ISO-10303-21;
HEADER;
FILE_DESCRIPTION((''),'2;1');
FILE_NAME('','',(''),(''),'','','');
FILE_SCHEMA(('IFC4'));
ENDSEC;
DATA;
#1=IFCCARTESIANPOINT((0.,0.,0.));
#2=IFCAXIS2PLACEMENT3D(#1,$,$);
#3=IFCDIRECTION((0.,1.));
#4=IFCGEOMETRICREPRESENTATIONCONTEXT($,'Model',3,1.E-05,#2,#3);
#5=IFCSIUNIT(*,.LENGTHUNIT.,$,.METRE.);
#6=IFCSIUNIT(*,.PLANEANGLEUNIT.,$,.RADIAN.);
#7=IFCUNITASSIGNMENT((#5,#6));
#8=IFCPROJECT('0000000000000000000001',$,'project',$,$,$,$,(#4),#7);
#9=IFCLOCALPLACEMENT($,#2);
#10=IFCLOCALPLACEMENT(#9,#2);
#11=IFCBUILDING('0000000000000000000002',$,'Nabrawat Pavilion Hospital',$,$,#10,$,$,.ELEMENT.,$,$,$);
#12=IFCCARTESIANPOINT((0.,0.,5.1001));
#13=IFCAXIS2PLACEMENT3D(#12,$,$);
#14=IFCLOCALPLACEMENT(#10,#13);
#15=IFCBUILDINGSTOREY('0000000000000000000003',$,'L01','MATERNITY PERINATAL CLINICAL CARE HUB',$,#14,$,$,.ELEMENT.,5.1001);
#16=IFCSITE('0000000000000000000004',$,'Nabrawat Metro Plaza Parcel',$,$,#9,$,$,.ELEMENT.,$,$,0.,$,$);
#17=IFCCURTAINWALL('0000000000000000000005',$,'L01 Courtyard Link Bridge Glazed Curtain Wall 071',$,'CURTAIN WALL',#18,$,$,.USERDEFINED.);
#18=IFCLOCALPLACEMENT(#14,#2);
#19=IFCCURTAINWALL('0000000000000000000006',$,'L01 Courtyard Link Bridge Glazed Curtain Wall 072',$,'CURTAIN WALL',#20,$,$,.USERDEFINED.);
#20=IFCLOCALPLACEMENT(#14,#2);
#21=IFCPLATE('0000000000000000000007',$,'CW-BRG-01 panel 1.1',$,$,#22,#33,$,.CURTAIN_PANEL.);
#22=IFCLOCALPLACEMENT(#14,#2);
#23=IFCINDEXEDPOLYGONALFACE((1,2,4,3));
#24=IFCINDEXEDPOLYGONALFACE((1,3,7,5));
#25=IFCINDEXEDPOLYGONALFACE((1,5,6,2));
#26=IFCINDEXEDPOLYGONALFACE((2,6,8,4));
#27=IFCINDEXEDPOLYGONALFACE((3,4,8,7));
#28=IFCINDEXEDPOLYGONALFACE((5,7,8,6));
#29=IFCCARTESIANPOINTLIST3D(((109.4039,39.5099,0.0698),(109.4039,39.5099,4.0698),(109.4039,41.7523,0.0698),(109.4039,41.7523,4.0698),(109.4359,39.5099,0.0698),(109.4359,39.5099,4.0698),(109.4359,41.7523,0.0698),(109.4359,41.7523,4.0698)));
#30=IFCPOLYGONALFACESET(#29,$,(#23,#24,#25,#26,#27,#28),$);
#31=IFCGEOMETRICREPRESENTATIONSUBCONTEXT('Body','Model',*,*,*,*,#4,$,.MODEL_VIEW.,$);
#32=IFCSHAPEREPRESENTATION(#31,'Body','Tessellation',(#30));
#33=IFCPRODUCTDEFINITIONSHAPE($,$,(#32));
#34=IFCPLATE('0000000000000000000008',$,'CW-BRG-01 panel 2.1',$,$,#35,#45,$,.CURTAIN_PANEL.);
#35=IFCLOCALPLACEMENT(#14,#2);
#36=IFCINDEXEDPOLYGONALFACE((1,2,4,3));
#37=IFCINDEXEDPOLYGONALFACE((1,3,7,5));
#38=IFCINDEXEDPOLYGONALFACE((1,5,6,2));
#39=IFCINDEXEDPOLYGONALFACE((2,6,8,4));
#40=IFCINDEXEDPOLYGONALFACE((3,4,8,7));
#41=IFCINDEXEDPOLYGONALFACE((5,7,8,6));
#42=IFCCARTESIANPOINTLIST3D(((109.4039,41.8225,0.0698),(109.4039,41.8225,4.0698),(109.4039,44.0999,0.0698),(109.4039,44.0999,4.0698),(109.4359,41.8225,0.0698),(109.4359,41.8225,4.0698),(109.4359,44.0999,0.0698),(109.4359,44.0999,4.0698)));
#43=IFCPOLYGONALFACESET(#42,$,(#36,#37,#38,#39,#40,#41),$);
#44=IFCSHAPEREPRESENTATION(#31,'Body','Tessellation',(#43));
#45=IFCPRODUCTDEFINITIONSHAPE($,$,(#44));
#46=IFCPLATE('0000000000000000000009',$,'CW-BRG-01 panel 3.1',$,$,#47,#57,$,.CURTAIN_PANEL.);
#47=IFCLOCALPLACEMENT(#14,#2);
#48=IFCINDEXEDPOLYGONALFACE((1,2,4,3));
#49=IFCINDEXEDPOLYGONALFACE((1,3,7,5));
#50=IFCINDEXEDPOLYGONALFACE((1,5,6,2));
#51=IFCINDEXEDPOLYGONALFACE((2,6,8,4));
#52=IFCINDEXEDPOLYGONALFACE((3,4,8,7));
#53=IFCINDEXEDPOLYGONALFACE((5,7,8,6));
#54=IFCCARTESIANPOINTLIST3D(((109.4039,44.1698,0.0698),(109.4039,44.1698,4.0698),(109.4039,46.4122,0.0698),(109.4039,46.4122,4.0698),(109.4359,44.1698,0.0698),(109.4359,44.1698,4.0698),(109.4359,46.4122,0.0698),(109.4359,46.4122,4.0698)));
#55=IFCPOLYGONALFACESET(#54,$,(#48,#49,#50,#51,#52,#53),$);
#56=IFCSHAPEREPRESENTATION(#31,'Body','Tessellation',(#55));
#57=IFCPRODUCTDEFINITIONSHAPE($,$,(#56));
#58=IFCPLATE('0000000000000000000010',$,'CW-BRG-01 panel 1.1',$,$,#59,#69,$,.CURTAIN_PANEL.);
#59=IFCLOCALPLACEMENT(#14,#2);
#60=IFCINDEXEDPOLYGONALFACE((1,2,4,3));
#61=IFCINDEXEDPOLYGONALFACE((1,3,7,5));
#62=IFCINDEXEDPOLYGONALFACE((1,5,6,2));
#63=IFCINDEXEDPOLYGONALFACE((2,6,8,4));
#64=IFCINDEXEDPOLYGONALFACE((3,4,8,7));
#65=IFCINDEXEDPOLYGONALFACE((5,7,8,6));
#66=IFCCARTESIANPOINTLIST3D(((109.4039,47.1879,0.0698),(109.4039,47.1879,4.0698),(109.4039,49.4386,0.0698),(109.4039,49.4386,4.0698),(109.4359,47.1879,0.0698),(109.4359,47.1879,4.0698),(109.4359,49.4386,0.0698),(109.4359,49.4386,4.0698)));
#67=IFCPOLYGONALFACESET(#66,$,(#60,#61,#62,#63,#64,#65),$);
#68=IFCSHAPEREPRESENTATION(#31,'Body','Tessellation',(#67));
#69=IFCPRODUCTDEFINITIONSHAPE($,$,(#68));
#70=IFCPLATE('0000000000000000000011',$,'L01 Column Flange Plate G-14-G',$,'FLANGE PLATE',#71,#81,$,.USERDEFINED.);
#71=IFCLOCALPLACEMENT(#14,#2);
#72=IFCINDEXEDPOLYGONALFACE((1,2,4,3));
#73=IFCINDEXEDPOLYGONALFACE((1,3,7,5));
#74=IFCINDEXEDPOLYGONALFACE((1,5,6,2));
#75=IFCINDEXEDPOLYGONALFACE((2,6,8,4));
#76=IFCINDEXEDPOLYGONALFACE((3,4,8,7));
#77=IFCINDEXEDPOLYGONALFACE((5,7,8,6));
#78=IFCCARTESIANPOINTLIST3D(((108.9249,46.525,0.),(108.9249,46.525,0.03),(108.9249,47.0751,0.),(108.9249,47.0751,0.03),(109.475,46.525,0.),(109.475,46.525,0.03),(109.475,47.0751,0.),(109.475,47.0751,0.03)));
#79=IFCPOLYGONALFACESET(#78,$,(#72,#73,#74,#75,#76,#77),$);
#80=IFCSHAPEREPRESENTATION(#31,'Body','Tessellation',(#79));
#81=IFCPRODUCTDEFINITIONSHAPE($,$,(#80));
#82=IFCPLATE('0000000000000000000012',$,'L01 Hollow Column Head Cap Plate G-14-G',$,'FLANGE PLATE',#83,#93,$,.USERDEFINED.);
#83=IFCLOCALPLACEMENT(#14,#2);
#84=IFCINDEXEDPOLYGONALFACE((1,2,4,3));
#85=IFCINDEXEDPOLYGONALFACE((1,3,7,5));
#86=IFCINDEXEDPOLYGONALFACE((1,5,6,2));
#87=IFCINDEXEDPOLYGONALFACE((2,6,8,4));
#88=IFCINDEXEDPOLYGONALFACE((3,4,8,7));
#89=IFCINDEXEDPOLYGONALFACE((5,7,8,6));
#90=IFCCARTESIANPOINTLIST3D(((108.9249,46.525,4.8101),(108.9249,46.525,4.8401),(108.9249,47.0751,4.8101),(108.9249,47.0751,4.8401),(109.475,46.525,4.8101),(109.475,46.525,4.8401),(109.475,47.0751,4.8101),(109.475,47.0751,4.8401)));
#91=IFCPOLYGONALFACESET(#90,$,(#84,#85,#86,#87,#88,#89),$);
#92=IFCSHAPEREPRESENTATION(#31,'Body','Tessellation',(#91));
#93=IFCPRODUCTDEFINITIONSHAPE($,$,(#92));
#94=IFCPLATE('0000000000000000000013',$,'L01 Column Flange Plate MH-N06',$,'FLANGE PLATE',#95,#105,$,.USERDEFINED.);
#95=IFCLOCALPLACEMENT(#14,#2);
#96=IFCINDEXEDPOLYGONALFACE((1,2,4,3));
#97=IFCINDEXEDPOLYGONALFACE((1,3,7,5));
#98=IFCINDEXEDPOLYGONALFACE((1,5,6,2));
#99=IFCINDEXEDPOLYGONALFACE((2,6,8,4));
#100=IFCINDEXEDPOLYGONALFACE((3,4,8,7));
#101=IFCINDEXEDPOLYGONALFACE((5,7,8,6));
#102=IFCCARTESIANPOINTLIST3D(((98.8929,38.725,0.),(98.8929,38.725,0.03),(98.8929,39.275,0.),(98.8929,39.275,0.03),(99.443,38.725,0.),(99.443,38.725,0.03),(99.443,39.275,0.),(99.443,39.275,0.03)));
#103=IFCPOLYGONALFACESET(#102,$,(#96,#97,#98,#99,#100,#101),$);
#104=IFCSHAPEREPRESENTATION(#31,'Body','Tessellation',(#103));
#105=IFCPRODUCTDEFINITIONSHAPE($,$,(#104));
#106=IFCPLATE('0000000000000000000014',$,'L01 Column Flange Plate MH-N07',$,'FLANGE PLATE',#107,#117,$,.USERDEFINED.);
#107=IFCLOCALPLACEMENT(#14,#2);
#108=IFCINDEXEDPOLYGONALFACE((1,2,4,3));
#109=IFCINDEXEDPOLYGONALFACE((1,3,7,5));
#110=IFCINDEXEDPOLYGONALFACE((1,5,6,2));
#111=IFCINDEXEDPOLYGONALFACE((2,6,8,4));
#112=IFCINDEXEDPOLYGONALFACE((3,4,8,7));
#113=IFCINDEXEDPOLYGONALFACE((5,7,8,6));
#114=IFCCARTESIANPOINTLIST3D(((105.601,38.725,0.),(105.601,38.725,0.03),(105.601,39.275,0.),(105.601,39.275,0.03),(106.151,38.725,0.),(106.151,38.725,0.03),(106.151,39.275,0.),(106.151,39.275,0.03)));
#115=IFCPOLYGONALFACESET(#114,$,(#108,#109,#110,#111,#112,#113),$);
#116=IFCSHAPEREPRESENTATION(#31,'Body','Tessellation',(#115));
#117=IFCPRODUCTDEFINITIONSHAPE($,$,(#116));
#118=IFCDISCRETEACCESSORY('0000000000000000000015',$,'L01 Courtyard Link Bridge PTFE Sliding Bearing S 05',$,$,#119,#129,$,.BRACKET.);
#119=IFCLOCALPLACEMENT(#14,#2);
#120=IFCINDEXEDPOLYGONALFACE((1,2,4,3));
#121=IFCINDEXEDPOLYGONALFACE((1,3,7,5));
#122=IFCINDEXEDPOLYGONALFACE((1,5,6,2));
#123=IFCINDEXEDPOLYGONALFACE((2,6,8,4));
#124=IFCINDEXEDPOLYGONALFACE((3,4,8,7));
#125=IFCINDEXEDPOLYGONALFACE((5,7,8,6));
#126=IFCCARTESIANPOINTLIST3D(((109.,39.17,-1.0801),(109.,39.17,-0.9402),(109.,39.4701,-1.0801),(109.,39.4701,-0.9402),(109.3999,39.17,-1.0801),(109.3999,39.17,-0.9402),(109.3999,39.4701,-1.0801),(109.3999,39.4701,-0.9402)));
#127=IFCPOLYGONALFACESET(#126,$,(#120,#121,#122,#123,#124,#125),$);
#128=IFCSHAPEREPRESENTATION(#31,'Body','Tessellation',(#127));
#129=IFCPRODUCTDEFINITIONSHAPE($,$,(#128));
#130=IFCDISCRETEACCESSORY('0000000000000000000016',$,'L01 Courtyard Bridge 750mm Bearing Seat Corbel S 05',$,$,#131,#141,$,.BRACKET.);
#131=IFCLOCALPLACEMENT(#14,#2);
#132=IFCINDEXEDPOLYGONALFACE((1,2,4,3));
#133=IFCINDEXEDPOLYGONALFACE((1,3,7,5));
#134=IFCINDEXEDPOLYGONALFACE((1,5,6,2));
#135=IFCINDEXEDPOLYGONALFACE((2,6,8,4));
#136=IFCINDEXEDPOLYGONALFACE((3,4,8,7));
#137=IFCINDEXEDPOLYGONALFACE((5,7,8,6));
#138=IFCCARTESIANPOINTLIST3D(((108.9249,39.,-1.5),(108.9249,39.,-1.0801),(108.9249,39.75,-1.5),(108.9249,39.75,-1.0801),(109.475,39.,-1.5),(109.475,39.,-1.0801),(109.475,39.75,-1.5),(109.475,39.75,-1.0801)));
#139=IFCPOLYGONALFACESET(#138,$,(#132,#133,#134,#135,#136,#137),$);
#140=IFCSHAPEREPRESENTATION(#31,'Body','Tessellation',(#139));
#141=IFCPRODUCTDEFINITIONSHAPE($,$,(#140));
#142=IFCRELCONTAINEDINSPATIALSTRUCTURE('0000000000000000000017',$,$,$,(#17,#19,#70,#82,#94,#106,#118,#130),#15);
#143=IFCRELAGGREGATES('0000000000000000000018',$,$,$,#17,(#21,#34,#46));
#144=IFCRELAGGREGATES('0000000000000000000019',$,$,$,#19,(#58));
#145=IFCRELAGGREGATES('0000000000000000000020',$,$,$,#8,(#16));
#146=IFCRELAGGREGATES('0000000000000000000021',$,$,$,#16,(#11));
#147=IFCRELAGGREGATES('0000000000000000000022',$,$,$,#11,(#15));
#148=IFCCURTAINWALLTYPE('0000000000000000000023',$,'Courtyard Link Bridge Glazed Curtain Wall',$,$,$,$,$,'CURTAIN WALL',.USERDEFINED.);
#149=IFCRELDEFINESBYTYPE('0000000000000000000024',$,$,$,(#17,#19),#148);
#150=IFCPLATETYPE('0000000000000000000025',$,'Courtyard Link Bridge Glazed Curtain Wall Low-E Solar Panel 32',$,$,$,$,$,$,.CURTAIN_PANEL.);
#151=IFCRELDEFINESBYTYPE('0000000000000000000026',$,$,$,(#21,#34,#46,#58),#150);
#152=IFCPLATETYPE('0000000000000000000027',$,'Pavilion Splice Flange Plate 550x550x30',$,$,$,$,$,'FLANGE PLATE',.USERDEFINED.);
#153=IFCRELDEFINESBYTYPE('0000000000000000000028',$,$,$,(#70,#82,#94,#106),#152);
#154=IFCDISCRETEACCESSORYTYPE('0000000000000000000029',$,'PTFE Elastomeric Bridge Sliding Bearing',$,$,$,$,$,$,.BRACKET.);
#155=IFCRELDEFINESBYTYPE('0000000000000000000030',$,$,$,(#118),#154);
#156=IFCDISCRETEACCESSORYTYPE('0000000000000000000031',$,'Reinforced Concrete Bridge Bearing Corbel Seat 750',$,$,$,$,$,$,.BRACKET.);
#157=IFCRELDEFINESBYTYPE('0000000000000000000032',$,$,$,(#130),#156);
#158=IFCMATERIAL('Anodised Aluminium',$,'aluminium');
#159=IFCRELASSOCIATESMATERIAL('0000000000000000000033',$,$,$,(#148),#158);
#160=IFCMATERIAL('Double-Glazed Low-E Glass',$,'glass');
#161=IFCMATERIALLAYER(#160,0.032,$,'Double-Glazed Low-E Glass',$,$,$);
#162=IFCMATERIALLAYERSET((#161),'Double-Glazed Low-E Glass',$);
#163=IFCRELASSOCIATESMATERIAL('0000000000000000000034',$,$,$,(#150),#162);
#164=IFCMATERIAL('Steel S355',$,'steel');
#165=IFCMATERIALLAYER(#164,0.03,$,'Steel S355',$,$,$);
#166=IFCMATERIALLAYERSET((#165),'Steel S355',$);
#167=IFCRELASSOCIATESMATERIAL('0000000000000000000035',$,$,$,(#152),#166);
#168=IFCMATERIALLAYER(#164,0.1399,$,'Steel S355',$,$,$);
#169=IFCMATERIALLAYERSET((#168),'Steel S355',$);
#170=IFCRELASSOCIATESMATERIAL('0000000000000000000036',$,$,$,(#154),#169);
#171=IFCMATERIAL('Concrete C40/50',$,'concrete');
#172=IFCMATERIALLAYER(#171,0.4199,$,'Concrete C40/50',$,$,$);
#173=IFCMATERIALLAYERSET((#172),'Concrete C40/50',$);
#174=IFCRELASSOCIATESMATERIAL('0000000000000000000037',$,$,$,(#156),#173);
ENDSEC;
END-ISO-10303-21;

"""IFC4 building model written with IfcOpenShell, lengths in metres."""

from ifc_helpers import new_model, si_unit, direction, frame, origin, origin_2d, place, context, subcontext, project, spatial, rectangle, extrude, material, layer, layer_set, type_object, element, aggregate, save


model = new_model("IFC4")

# Units and contexts
model_context = context("Model", 3, precision=1e-05, world=origin(), true_north=direction((0.0, 1.0)))
body_context = subcontext(model_context, "Body", "Model", "MODEL_VIEW")
ifc_project = project(units=[si_unit("LENGTHUNIT", "METRE"), si_unit("PLANEANGLEUNIT", "RADIAN")], contexts=[model_context])

# Site, building, storey
site_placement = place(None, origin())
site = spatial("IfcSite", under=ifc_project, at=site_placement, Name="Nabrawat Metro Plaza Parcel", CompositionType="ELEMENT", RefElevation=0.0)
building_placement = place(site_placement, origin())
building = spatial("IfcBuilding", under=site, at=building_placement, Name="Nabrawat Pavilion Hospital", CompositionType="ELEMENT")
storey_placement = place(building_placement, frame((0.0, 0.0, 5.1001)))
storey = spatial("IfcBuildingStorey", under=building, at=storey_placement, Name="L01", Description="MATERNITY PERINATAL CLINICAL CARE HUB", CompositionType="ELEMENT", Elevation=5.1001)

# Shared definitions
ifc_material_1 = material(Name="Steel S355", Category="steel")
ifc_material_2 = material(Name="Concrete C40/50", Category="concrete")

# Curtain walls
ifc_material_3 = material(Name="Anodised Aluminium", Category="aluminium")
curtain_wall_type = type_object("IfcCurtainWallType", Name="Courtyard Link Bridge Glazed Curtain Wall", ElementType="CURTAIN WALL", PredefinedType="USERDEFINED", material=ifc_material_3)
curtain_wall_1_placement = place(storey_placement, origin())
curtain_wall_1 = element("IfcCurtainWall", 1, at=curtain_wall_1_placement, inside=storey, type_object=curtain_wall_type, Name="L01 Courtyard Link Bridge Glazed Curtain Wall 071", ObjectType="CURTAIN WALL", PredefinedType="USERDEFINED")
curtain_wall_2_placement = place(storey_placement, origin())
curtain_wall_2 = element("IfcCurtainWall", 2, at=curtain_wall_2_placement, inside=storey, type_object=curtain_wall_type, Name="L01 Courtyard Link Bridge Glazed Curtain Wall 072", ObjectType="CURTAIN WALL", PredefinedType="USERDEFINED")

# Plates
ifc_material_4 = material(Name="Double-Glazed Low-E Glass", Category="glass")
ifc_layer_1 = layer(ifc_material_4, 0.032, Name="Double-Glazed Low-E Glass")
ifc_layer_set_1 = layer_set([ifc_layer_1], Name="Double-Glazed Low-E Glass")
plate_type_1 = type_object("IfcPlateType", Name="Courtyard Link Bridge Glazed Curtain Wall Low-E Solar Panel 32", PredefinedType="CURTAIN_PANEL", material=ifc_layer_set_1)
plate_1_placement = place(storey_placement, frame((109.4199, 40.6311, 0.0698), z_axis=(0.0, 0.0, 1.0), x_axis=(0.0, 1.0, 0.0)))
plate_1 = element("IfcPlate", 3, at=plate_1_placement, type_object=plate_type_1, Name="CW-BRG-01 panel 1.1", PredefinedType="CURTAIN_PANEL", context=body_context, shape_type="SweptSolid", body=[
    extrude(rectangle(XDim=2.2424, YDim=0.032, at=origin_2d()), origin(), (0.0, 0.0, 1.0), 4.0),
])
plate_2_placement = place(storey_placement, frame((109.4199, 42.9612, 0.0698), z_axis=(0.0, 0.0, 1.0), x_axis=(0.0, 1.0, 0.0)))
plate_2 = element("IfcPlate", 4, at=plate_2_placement, type_object=plate_type_1, Name="CW-BRG-01 panel 2.1", PredefinedType="CURTAIN_PANEL", context=body_context, shape_type="SweptSolid", body=[
    extrude(rectangle(XDim=2.2773, YDim=0.032, at=origin_2d()), origin(), (0.0, 0.0, 1.0), 4.0),
])
plate_3_placement = place(storey_placement, frame((109.4199, 45.291, 0.0698), z_axis=(0.0, 0.0, 1.0), x_axis=(0.0, 1.0, 0.0)))
plate_3 = element("IfcPlate", 5, at=plate_3_placement, type_object=plate_type_1, Name="CW-BRG-01 panel 3.1", PredefinedType="CURTAIN_PANEL", context=body_context, shape_type="SweptSolid", body=[
    extrude(rectangle(XDim=2.2424, YDim=0.032, at=origin_2d()), origin(), (0.0, 0.0, 1.0), 4.0),
])
aggregate(curtain_wall_1, [plate_1, plate_2, plate_3])
plate_4_placement = place(storey_placement, frame((109.4199, 48.3132, 0.0698), z_axis=(0.0, 0.0, 1.0), x_axis=(0.0, 1.0, 0.0)))
plate_4 = element("IfcPlate", 6, at=plate_4_placement, type_object=plate_type_1, Name="CW-BRG-01 panel 1.1", PredefinedType="CURTAIN_PANEL", context=body_context, shape_type="SweptSolid", body=[
    extrude(rectangle(XDim=2.2507, YDim=0.032, at=origin_2d()), origin(), (0.0, 0.0, 1.0), 4.0),
])
aggregate(curtain_wall_2, [plate_4])

# Plates
ifc_layer_2 = layer(ifc_material_1, 0.03, Name="Steel S355")
ifc_layer_set_2 = layer_set([ifc_layer_2], Name="Steel S355")
plate_type_2 = type_object("IfcPlateType", Name="Pavilion Splice Flange Plate 550x550x30", ElementType="FLANGE PLATE", PredefinedType="USERDEFINED", material=ifc_layer_set_2)
for number, where, z_axis, x_axis, name in (
    (7, (109.2, 46.8, 0.0), (0.0, 0.0, 1.0), (1.0, 0.0, 0.0), "L01 Column Flange Plate G-14-G"),
    (8, (109.2, 46.8, 4.8101), (0.0, 0.0, 1.0), (1.0, 0.0, 0.0), "L01 Hollow Column Head Cap Plate G-14-G"),
    (9, (99.168, 39.0, 0.0), (0.0, 0.0, 1.0), (1.0, 0.0, 0.0), "L01 Column Flange Plate MH-N06"),
    (10, (105.876, 39.0, 0.0), (0.0, 0.0, 1.0), (1.0, 0.0, 0.0), "L01 Column Flange Plate MH-N07"),
):
    element("IfcPlate", number, at=place(storey_placement, frame(where, z_axis=z_axis, x_axis=x_axis)), inside=storey, type_object=plate_type_2, Name=name, ObjectType="FLANGE PLATE", PredefinedType="USERDEFINED", context=body_context, shape_type="SweptSolid", body=[
        extrude(rectangle(XDim=0.55, YDim=0.55, at=origin_2d()), origin(), (0.0, 0.0, 1.0), 0.03),
    ])

# Discrete accessories
ifc_layer_3 = layer(ifc_material_1, 0.1399, Name="Steel S355")
ifc_layer_set_3 = layer_set([ifc_layer_3], Name="Steel S355")
discrete_accessory_type_1 = type_object("IfcDiscreteAccessoryType", Name="PTFE Elastomeric Bridge Sliding Bearing", PredefinedType="BRACKET", material=ifc_layer_set_3)
discrete_accessory_1_placement = place(storey_placement, frame((109.2, 39.3201, -1.0801), z_axis=(0.0, 0.0, 1.0), x_axis=(1.0, 0.0, 0.0)))
element("IfcDiscreteAccessory", 11, at=discrete_accessory_1_placement, inside=storey, type_object=discrete_accessory_type_1, Name="L01 Courtyard Link Bridge PTFE Sliding Bearing S 05", PredefinedType="BRACKET", context=body_context, shape_type="SweptSolid", body=[
    extrude(rectangle(XDim=0.3999, YDim=0.3, at=origin_2d()), origin(), (0.0, 0.0, 1.0), 0.1399),
])
ifc_layer_4 = layer(ifc_material_2, 0.4199, Name="Concrete C40/50")
ifc_layer_set_4 = layer_set([ifc_layer_4], Name="Concrete C40/50")
discrete_accessory_type_2 = type_object("IfcDiscreteAccessoryType", Name="Reinforced Concrete Bridge Bearing Corbel Seat 750", PredefinedType="BRACKET", material=ifc_layer_set_4)
discrete_accessory_2_placement = place(storey_placement, frame((109.2, 39.375, -1.5), z_axis=(0.0, 0.0, 1.0), x_axis=(1.0, 0.0, 0.0)))
element("IfcDiscreteAccessory", 12, at=discrete_accessory_2_placement, inside=storey, type_object=discrete_accessory_type_2, Name="L01 Courtyard Bridge 750mm Bearing Seat Corbel S 05", PredefinedType="BRACKET", context=body_context, shape_type="SweptSolid", body=[
    extrude(rectangle(XDim=0.55, YDim=0.75, at=origin_2d()), origin(), (0.0, 0.0, 1.0), 0.4199),
])

save(model, "model.ifc")
